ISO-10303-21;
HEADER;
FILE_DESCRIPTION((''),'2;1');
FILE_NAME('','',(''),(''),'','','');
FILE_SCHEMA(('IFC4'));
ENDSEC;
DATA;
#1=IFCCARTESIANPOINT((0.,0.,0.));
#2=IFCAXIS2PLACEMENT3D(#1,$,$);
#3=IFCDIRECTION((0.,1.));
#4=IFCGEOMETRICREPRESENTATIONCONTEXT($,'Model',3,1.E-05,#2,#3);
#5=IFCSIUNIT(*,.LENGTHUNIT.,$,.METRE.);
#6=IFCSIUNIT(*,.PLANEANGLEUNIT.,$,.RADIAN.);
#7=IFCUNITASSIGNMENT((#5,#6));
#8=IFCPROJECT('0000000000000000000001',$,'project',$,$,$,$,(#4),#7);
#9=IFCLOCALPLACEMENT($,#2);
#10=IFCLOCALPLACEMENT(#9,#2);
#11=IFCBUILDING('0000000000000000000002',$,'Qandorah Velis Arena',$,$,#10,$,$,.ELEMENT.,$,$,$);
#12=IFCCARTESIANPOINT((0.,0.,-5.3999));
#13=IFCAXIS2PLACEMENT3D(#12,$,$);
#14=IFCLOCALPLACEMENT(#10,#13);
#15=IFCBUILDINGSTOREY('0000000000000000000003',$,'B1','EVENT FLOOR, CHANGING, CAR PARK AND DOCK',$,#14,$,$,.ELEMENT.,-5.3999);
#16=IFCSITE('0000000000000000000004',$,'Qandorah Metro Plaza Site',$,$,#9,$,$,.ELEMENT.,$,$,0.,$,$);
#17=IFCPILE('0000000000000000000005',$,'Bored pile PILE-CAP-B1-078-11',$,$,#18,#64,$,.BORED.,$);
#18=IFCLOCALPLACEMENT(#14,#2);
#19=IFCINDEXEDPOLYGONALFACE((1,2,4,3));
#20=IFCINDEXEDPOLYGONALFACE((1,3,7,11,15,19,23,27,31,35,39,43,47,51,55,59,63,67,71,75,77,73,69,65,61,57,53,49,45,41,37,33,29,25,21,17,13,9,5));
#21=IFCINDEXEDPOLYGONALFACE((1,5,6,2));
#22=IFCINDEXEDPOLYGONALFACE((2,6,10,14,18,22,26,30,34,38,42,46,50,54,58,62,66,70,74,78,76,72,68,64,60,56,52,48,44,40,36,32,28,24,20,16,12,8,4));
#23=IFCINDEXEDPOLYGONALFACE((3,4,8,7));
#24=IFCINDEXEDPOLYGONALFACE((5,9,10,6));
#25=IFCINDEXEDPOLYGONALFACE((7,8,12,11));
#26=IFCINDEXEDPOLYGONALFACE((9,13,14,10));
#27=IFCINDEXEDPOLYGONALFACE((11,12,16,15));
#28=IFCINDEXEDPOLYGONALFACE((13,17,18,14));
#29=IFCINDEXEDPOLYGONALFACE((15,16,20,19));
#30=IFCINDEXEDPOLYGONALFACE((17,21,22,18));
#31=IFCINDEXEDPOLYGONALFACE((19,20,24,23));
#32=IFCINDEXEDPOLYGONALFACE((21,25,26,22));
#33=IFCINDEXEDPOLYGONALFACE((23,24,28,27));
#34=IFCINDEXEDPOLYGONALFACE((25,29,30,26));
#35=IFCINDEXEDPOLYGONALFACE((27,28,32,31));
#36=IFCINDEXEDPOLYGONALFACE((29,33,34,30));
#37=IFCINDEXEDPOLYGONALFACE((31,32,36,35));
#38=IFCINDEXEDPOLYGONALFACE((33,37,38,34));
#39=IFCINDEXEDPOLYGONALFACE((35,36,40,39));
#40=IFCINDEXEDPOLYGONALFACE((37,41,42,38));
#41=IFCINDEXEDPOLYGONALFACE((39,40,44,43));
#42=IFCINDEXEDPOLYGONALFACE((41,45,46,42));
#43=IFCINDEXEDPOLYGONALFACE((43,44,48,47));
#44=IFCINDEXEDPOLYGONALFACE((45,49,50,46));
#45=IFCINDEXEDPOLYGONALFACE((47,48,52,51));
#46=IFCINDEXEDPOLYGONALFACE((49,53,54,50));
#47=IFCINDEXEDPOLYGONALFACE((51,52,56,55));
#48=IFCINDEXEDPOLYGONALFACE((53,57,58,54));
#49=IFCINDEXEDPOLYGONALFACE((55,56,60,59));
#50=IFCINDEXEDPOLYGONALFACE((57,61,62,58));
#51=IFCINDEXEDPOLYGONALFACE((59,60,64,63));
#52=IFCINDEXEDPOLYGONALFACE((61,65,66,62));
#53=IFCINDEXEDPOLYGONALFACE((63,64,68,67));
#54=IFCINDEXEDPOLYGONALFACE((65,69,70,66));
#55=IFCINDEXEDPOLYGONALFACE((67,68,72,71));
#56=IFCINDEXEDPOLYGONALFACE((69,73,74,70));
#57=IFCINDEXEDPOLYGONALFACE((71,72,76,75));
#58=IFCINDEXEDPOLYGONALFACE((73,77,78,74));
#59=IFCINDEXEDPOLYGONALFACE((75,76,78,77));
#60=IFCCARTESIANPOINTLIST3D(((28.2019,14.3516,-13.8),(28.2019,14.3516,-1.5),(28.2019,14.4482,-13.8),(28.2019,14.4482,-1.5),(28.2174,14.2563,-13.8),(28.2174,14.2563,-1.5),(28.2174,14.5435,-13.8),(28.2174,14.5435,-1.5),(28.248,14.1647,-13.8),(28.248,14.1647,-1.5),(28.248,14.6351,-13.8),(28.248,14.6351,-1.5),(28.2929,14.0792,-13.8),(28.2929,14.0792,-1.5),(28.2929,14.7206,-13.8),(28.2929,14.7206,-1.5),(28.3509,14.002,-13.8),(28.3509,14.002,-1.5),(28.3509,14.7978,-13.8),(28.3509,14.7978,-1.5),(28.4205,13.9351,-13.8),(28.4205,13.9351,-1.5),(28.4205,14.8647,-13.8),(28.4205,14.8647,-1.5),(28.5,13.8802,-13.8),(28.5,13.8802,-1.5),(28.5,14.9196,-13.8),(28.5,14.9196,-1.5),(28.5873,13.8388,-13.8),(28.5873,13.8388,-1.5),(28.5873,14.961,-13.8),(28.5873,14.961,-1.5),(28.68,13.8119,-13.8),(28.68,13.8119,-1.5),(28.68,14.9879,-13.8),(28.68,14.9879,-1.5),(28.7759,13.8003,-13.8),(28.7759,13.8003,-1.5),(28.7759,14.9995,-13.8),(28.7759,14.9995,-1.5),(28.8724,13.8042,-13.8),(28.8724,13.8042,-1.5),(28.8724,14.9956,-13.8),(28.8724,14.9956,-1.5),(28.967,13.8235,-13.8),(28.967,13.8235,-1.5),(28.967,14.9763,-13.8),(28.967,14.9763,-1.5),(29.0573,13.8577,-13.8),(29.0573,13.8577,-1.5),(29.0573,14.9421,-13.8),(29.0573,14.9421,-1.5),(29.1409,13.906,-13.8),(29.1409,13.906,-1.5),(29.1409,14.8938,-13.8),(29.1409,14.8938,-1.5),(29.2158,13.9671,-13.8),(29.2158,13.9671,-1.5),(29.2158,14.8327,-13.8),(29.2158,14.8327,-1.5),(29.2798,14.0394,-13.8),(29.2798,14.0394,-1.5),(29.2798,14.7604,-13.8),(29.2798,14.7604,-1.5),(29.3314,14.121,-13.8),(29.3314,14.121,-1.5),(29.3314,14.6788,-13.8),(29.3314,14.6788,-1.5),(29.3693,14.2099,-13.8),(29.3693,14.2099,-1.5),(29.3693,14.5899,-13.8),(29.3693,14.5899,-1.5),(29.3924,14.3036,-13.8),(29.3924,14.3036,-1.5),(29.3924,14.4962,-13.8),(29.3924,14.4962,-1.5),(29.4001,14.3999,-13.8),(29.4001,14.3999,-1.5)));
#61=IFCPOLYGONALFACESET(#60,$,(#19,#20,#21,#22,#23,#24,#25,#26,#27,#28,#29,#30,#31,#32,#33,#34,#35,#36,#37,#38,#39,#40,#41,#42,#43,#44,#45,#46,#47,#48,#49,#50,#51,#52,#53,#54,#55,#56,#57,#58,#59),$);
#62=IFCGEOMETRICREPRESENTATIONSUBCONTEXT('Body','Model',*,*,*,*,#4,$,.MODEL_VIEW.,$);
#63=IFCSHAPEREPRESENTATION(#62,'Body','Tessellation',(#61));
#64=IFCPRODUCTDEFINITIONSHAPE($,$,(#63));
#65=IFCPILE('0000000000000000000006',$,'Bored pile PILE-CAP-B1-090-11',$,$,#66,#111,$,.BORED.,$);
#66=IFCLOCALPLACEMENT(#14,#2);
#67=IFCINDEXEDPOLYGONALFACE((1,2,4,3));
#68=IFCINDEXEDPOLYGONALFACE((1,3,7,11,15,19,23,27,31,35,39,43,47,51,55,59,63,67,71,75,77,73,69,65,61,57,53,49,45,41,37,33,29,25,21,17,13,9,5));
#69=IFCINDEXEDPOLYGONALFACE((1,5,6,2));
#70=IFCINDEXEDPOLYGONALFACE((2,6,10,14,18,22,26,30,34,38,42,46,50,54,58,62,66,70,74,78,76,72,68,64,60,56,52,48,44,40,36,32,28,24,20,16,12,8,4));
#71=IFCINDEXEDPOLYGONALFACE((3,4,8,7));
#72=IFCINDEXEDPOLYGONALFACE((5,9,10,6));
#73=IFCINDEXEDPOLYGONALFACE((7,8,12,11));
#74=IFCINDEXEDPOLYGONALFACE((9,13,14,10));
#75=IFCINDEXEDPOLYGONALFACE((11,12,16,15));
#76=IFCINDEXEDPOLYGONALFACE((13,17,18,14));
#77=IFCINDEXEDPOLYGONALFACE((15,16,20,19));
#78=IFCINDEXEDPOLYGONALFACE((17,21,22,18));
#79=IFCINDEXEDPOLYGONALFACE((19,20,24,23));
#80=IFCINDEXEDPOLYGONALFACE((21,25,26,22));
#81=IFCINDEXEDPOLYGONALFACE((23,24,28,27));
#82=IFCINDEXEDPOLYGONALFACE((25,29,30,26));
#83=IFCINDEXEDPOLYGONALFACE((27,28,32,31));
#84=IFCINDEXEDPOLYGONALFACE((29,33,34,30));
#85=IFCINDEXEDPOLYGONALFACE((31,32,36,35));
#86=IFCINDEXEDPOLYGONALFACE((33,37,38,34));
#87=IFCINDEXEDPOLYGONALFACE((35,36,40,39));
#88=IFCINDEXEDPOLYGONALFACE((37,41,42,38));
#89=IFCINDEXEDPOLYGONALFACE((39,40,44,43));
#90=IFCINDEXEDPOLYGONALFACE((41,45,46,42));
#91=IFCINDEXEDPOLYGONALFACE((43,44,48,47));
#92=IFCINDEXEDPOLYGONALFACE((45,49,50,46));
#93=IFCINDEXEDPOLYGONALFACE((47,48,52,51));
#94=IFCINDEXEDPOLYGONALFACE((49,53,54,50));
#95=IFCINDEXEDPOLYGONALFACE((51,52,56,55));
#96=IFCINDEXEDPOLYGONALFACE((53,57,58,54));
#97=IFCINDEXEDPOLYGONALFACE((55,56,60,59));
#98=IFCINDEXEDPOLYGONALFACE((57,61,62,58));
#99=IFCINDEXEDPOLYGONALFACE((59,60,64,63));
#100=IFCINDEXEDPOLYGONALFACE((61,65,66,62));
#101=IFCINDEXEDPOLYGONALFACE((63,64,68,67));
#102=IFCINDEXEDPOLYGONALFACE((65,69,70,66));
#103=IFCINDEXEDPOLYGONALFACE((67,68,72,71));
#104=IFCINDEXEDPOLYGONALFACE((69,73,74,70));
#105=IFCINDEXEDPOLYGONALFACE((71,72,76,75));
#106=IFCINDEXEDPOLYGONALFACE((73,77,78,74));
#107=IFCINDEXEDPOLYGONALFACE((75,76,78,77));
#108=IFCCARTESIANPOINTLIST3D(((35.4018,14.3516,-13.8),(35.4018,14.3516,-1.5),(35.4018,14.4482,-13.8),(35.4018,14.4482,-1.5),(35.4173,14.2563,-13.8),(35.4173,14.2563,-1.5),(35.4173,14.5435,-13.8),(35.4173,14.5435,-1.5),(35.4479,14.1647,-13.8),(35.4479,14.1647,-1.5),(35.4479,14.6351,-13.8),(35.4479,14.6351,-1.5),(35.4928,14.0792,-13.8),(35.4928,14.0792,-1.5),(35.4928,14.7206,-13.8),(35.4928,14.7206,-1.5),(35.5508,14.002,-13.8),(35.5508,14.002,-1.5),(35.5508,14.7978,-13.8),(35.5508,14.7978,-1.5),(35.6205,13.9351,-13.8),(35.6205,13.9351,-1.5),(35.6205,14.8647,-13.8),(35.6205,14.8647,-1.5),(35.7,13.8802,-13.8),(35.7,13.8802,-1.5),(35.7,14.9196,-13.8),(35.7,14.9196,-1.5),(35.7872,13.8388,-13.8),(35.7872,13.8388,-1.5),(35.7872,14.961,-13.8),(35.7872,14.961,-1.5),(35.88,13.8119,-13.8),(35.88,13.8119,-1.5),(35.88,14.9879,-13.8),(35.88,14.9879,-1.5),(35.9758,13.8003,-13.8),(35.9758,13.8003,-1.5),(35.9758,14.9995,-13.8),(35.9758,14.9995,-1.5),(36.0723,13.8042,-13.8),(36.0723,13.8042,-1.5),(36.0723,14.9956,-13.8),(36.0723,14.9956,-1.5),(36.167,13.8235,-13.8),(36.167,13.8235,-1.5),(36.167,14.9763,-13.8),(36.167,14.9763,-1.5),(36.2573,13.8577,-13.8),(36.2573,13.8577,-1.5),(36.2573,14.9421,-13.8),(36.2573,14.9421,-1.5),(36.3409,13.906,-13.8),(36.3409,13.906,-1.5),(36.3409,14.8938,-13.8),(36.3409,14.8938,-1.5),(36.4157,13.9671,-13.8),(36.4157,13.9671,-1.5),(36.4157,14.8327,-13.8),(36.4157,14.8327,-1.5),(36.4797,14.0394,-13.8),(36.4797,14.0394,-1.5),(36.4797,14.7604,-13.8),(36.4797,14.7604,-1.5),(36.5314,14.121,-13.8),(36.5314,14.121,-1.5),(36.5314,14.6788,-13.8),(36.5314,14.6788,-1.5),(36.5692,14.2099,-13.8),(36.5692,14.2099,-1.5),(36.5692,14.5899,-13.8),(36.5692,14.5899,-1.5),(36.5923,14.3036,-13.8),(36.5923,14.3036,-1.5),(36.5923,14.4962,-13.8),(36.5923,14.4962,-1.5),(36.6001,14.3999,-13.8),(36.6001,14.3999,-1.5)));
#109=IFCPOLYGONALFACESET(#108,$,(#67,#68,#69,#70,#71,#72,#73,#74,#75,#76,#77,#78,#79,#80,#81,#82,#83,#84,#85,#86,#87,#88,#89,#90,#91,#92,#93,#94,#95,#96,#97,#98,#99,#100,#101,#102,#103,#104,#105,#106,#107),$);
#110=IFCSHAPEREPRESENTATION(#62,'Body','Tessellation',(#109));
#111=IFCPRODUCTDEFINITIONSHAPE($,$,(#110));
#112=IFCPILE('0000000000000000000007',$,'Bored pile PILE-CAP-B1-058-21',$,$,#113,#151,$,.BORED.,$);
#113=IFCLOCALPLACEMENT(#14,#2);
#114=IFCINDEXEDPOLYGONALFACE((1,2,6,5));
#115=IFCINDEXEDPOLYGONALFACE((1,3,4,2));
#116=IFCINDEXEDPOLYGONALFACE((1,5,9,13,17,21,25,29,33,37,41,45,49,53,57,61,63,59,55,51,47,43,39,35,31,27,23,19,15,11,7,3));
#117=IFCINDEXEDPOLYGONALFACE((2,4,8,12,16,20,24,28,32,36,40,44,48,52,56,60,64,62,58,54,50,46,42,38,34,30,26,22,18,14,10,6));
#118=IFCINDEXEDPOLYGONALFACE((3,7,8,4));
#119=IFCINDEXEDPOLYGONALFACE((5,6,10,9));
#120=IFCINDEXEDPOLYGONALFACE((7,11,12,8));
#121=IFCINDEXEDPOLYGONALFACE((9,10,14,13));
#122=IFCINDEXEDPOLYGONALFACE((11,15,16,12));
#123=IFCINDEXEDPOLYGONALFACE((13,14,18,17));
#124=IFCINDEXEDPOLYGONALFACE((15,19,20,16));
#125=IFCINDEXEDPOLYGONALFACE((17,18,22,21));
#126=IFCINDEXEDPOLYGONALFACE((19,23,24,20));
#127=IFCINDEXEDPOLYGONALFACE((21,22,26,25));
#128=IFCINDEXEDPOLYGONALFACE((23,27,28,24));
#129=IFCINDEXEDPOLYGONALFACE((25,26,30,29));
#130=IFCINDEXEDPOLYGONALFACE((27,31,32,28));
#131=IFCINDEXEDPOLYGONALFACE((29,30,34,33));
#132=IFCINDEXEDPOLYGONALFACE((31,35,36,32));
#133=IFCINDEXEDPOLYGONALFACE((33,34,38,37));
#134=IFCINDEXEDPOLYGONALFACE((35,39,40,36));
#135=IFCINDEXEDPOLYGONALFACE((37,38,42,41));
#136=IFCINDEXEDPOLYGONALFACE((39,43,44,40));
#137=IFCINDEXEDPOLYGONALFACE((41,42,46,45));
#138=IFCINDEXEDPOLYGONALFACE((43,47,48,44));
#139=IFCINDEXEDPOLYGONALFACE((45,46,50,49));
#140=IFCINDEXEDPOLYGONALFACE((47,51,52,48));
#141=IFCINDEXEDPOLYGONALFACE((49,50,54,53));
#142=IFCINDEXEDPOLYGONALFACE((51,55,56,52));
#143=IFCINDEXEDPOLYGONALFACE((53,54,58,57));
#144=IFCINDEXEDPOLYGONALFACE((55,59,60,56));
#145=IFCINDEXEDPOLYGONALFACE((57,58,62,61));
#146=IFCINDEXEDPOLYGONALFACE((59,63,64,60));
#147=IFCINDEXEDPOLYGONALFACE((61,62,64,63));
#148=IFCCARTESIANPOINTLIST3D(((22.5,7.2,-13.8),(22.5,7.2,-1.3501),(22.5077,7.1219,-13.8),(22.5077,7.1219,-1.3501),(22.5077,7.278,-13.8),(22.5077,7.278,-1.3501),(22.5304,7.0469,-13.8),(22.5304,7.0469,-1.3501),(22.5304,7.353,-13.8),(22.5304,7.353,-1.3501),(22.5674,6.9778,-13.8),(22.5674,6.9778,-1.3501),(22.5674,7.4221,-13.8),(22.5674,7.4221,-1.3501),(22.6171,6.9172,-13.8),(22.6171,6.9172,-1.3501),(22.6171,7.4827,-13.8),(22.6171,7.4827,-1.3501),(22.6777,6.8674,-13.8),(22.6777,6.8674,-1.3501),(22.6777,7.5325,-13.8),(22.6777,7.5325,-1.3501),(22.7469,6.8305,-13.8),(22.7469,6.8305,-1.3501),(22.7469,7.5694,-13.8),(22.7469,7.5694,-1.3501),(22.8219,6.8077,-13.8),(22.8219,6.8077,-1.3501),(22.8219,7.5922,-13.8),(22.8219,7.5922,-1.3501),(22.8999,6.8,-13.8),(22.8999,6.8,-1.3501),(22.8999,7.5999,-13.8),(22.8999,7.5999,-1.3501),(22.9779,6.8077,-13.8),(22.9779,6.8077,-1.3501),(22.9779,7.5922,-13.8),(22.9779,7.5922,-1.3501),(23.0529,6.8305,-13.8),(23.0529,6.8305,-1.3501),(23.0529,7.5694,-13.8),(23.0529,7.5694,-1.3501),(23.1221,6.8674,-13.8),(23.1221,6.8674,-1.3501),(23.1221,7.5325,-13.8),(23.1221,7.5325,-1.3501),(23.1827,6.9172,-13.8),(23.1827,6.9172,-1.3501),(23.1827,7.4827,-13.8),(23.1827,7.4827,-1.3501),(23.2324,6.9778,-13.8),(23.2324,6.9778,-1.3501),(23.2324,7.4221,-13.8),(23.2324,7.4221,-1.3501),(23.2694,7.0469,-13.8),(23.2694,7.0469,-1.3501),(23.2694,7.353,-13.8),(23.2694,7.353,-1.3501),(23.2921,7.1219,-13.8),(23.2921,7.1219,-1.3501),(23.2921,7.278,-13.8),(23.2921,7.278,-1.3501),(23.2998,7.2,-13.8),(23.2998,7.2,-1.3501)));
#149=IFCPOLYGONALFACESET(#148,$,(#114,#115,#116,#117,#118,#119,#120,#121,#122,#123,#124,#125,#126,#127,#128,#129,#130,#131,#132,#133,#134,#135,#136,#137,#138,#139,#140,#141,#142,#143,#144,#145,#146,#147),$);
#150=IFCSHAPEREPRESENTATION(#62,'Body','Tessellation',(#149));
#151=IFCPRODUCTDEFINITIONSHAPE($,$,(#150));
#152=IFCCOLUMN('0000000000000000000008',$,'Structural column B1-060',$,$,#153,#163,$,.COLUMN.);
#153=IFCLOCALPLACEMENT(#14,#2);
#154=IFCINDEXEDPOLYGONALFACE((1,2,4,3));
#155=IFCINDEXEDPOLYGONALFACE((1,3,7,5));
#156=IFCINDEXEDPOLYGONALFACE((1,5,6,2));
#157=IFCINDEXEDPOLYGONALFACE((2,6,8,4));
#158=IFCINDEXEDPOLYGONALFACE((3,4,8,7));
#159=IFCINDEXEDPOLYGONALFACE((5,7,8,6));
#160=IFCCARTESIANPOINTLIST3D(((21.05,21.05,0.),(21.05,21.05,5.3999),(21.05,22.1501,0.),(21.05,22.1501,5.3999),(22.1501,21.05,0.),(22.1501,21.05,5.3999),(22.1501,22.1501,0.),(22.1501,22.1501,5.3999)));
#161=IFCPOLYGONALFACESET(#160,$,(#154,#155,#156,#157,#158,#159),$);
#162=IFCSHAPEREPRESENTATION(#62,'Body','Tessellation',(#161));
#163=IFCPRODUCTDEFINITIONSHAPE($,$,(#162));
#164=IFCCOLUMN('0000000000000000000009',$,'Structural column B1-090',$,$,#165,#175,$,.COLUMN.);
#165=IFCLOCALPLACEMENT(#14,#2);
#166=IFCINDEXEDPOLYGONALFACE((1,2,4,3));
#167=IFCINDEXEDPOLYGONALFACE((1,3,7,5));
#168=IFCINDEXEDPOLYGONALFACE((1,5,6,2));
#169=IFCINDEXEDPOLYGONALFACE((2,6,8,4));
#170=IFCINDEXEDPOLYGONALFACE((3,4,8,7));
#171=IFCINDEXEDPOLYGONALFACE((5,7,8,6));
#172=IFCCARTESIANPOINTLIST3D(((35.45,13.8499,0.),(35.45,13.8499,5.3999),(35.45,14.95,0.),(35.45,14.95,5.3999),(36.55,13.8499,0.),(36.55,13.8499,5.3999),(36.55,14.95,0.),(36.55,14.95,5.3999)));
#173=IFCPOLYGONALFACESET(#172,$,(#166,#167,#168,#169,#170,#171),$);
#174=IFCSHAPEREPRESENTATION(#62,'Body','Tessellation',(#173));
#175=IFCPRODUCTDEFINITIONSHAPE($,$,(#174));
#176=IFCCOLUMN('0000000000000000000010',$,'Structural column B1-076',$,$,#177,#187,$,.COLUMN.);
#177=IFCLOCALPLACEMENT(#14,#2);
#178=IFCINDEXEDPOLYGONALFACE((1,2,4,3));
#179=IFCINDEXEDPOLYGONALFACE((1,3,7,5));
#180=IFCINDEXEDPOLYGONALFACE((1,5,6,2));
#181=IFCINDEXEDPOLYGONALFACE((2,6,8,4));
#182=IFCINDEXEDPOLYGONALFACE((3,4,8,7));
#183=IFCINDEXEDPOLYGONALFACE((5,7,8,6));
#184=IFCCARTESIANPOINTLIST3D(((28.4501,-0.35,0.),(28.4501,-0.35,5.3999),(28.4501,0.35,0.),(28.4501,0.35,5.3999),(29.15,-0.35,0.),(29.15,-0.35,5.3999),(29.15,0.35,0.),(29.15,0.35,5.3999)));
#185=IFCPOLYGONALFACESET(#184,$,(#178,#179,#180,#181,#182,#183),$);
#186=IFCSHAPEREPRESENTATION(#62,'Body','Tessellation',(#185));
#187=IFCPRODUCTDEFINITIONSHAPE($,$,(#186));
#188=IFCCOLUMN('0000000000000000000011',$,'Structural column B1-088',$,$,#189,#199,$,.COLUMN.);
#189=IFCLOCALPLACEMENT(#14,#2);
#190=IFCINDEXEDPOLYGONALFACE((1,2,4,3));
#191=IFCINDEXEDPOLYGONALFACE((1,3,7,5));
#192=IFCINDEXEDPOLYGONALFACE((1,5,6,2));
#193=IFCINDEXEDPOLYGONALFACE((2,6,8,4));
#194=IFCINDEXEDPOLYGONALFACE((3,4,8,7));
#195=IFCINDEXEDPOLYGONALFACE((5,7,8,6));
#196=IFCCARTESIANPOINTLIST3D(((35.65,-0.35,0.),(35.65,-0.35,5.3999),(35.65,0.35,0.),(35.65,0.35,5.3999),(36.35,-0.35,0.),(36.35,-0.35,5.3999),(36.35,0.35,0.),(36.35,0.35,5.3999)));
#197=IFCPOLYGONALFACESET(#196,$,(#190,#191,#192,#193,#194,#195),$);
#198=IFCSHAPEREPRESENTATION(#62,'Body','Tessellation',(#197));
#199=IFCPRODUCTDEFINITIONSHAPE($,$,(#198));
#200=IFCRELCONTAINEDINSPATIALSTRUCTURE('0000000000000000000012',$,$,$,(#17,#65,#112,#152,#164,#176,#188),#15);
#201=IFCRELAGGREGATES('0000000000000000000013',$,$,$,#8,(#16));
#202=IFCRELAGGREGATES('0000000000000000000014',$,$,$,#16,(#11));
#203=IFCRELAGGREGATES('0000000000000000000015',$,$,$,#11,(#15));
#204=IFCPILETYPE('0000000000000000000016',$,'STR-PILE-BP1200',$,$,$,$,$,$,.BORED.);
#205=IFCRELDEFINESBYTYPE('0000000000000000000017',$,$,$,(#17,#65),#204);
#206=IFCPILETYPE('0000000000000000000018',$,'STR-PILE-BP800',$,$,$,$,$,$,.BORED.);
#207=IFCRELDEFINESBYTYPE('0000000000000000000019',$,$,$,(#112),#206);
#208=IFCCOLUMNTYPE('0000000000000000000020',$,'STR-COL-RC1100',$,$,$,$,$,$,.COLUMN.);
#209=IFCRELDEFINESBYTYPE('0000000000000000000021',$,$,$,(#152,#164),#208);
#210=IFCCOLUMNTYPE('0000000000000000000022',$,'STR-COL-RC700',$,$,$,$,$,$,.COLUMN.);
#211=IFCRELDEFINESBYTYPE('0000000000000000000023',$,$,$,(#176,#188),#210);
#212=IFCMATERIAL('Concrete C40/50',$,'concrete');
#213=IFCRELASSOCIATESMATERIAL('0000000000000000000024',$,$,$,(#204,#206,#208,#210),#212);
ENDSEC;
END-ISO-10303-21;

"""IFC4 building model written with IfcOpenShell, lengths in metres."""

from ifc_helpers import new_model, si_unit, direction, frame, origin, origin_2d, place, context, subcontext, project, spatial, rectangle, circle, extrude, material, material_profile, profile_set, type_object, element, save


model = new_model("IFC4")

# Units and contexts
model_context = context("Model", 3, precision=1e-05, world=origin(), true_north=direction((0.0, 1.0)))
body_context = subcontext(model_context, "Body", "Model", "MODEL_VIEW")
ifc_project = project(units=[si_unit("LENGTHUNIT", "METRE"), si_unit("PLANEANGLEUNIT", "RADIAN")], contexts=[model_context])

# Site, building, storey
site_placement = place(None, origin())
site = spatial("IfcSite", under=ifc_project, at=site_placement, Name="Qandorah Metro Plaza Site", CompositionType="ELEMENT", RefElevation=0.0)
building_placement = place(site_placement, origin())
building = spatial("IfcBuilding", under=site, at=building_placement, Name="Qandorah Velis Arena", CompositionType="ELEMENT")
storey_placement = place(building_placement, frame((0.0, 0.0, -5.3999)))
storey = spatial("IfcBuildingStorey", under=building, at=storey_placement, Name="B1", Description="EVENT FLOOR, CHANGING, CAR PARK AND DOCK", CompositionType="ELEMENT", Elevation=-5.3999)

# Shared definitions
ifc_material_1 = material(Name="Concrete C40/50", Category="concrete")

# Piles
ifc_material_profile_1 = material_profile(ifc_material_1, circle(Radius=0.6001, at=origin_2d()), Name="BORED PILE D1200")
ifc_profile_set_1 = profile_set([ifc_material_profile_1], Name="Concrete C40/50")
pile_type_1 = type_object("IfcPileType", Name="STR-PILE-BP1200", PredefinedType="BORED", material=ifc_profile_set_1)
for number, where, z_axis, x_axis, name in (
    (1, (28.8, 14.3999, -1.5), (0.0, 0.0, -1.0), (1.0, 0.0, 0.0), "Bored pile PILE-CAP-B1-078-11"),
    (2, (36.0, 14.3999, -1.5), (0.0, 0.0, -1.0), (1.0, 0.0, 0.0), "Bored pile PILE-CAP-B1-090-11"),
):
    element("IfcPile", number, at=place(storey_placement, frame(where, z_axis=z_axis, x_axis=x_axis)), inside=storey, type_object=pile_type_1, Name=name, PredefinedType="BORED", context=body_context, shape_type="SweptSolid", body=[
        extrude(circle(Radius=0.6001, at=origin_2d()), origin(), (0.0, 0.0, 1.0), 12.3),
    ])
ifc_material_profile_2 = material_profile(ifc_material_1, circle(Radius=0.3999, at=origin_2d()), Name="BORED PILE D800")
ifc_profile_set_2 = profile_set([ifc_material_profile_2], Name="Concrete C40/50")
pile_type_2 = type_object("IfcPileType", Name="STR-PILE-BP800", PredefinedType="BORED", material=ifc_profile_set_2)
pile_placement = place(storey_placement, frame((22.8999, 7.2, -1.3501), z_axis=(0.0, 0.0, -1.0), x_axis=(1.0, 0.0, 0.0)))
element("IfcPile", 3, at=pile_placement, inside=storey, type_object=pile_type_2, Name="Bored pile PILE-CAP-B1-058-21", PredefinedType="BORED", context=body_context, shape_type="SweptSolid", body=[
    extrude(circle(Radius=0.3999, at=origin_2d()), origin(), (0.0, 0.0, 1.0), 12.45),
])

# Columns
ifc_material_profile_3 = material_profile(ifc_material_1, rectangle(XDim=1.1001, YDim=1.1001, at=origin_2d()), Name="RC COL 1100x1100")
ifc_profile_set_3 = profile_set([ifc_material_profile_3], Name="Concrete C40/50")
column_type_1 = type_object("IfcColumnType", Name="STR-COL-RC1100", PredefinedType="COLUMN", material=ifc_profile_set_3)
for number, where, z_axis, x_axis, name in (
    (4, (21.6001, 21.6001, 0.0), (0.0, 0.0, 1.0), (1.0, 0.0, 0.0), "Structural column B1-060"),
    (5, (36.0, 14.3999, 0.0), (0.0, 0.0, 1.0), (1.0, 0.0, 0.0), "Structural column B1-090"),
):
    element("IfcColumn", number, at=place(storey_placement, frame(where, z_axis=z_axis, x_axis=x_axis)), inside=storey, type_object=column_type_1, Name=name, PredefinedType="COLUMN", context=body_context, shape_type="SweptSolid", body=[
        extrude(rectangle(XDim=1.1001, YDim=1.1001, at=origin_2d()), origin(), (0.0, 0.0, 1.0), 5.3999),
    ])
ifc_material_profile_4 = material_profile(ifc_material_1, rectangle(XDim=0.7, YDim=0.7, at=origin_2d()), Name="RC COL 700x700")
ifc_profile_set_4 = profile_set([ifc_material_profile_4], Name="Concrete C40/50")
column_type_2 = type_object("IfcColumnType", Name="STR-COL-RC700", PredefinedType="COLUMN", material=ifc_profile_set_4)
for number, where, z_axis, x_axis, name in (
    (6, (28.8, 0.0, 0.0), (0.0, 0.0, 1.0), (1.0, 0.0, 0.0), "Structural column B1-076"),
    (7, (36.0, 0.0, 0.0), (0.0, 0.0, 1.0), (1.0, 0.0, 0.0), "Structural column B1-088"),
):
    element("IfcColumn", number, at=place(storey_placement, frame(where, z_axis=z_axis, x_axis=x_axis)), inside=storey, type_object=column_type_2, Name=name, PredefinedType="COLUMN", context=body_context, shape_type="SweptSolid", body=[
        extrude(rectangle(XDim=0.7, YDim=0.7, at=origin_2d()), origin(), (0.0, 0.0, 1.0), 5.3999),
    ])

save(model, "model.ifc")
